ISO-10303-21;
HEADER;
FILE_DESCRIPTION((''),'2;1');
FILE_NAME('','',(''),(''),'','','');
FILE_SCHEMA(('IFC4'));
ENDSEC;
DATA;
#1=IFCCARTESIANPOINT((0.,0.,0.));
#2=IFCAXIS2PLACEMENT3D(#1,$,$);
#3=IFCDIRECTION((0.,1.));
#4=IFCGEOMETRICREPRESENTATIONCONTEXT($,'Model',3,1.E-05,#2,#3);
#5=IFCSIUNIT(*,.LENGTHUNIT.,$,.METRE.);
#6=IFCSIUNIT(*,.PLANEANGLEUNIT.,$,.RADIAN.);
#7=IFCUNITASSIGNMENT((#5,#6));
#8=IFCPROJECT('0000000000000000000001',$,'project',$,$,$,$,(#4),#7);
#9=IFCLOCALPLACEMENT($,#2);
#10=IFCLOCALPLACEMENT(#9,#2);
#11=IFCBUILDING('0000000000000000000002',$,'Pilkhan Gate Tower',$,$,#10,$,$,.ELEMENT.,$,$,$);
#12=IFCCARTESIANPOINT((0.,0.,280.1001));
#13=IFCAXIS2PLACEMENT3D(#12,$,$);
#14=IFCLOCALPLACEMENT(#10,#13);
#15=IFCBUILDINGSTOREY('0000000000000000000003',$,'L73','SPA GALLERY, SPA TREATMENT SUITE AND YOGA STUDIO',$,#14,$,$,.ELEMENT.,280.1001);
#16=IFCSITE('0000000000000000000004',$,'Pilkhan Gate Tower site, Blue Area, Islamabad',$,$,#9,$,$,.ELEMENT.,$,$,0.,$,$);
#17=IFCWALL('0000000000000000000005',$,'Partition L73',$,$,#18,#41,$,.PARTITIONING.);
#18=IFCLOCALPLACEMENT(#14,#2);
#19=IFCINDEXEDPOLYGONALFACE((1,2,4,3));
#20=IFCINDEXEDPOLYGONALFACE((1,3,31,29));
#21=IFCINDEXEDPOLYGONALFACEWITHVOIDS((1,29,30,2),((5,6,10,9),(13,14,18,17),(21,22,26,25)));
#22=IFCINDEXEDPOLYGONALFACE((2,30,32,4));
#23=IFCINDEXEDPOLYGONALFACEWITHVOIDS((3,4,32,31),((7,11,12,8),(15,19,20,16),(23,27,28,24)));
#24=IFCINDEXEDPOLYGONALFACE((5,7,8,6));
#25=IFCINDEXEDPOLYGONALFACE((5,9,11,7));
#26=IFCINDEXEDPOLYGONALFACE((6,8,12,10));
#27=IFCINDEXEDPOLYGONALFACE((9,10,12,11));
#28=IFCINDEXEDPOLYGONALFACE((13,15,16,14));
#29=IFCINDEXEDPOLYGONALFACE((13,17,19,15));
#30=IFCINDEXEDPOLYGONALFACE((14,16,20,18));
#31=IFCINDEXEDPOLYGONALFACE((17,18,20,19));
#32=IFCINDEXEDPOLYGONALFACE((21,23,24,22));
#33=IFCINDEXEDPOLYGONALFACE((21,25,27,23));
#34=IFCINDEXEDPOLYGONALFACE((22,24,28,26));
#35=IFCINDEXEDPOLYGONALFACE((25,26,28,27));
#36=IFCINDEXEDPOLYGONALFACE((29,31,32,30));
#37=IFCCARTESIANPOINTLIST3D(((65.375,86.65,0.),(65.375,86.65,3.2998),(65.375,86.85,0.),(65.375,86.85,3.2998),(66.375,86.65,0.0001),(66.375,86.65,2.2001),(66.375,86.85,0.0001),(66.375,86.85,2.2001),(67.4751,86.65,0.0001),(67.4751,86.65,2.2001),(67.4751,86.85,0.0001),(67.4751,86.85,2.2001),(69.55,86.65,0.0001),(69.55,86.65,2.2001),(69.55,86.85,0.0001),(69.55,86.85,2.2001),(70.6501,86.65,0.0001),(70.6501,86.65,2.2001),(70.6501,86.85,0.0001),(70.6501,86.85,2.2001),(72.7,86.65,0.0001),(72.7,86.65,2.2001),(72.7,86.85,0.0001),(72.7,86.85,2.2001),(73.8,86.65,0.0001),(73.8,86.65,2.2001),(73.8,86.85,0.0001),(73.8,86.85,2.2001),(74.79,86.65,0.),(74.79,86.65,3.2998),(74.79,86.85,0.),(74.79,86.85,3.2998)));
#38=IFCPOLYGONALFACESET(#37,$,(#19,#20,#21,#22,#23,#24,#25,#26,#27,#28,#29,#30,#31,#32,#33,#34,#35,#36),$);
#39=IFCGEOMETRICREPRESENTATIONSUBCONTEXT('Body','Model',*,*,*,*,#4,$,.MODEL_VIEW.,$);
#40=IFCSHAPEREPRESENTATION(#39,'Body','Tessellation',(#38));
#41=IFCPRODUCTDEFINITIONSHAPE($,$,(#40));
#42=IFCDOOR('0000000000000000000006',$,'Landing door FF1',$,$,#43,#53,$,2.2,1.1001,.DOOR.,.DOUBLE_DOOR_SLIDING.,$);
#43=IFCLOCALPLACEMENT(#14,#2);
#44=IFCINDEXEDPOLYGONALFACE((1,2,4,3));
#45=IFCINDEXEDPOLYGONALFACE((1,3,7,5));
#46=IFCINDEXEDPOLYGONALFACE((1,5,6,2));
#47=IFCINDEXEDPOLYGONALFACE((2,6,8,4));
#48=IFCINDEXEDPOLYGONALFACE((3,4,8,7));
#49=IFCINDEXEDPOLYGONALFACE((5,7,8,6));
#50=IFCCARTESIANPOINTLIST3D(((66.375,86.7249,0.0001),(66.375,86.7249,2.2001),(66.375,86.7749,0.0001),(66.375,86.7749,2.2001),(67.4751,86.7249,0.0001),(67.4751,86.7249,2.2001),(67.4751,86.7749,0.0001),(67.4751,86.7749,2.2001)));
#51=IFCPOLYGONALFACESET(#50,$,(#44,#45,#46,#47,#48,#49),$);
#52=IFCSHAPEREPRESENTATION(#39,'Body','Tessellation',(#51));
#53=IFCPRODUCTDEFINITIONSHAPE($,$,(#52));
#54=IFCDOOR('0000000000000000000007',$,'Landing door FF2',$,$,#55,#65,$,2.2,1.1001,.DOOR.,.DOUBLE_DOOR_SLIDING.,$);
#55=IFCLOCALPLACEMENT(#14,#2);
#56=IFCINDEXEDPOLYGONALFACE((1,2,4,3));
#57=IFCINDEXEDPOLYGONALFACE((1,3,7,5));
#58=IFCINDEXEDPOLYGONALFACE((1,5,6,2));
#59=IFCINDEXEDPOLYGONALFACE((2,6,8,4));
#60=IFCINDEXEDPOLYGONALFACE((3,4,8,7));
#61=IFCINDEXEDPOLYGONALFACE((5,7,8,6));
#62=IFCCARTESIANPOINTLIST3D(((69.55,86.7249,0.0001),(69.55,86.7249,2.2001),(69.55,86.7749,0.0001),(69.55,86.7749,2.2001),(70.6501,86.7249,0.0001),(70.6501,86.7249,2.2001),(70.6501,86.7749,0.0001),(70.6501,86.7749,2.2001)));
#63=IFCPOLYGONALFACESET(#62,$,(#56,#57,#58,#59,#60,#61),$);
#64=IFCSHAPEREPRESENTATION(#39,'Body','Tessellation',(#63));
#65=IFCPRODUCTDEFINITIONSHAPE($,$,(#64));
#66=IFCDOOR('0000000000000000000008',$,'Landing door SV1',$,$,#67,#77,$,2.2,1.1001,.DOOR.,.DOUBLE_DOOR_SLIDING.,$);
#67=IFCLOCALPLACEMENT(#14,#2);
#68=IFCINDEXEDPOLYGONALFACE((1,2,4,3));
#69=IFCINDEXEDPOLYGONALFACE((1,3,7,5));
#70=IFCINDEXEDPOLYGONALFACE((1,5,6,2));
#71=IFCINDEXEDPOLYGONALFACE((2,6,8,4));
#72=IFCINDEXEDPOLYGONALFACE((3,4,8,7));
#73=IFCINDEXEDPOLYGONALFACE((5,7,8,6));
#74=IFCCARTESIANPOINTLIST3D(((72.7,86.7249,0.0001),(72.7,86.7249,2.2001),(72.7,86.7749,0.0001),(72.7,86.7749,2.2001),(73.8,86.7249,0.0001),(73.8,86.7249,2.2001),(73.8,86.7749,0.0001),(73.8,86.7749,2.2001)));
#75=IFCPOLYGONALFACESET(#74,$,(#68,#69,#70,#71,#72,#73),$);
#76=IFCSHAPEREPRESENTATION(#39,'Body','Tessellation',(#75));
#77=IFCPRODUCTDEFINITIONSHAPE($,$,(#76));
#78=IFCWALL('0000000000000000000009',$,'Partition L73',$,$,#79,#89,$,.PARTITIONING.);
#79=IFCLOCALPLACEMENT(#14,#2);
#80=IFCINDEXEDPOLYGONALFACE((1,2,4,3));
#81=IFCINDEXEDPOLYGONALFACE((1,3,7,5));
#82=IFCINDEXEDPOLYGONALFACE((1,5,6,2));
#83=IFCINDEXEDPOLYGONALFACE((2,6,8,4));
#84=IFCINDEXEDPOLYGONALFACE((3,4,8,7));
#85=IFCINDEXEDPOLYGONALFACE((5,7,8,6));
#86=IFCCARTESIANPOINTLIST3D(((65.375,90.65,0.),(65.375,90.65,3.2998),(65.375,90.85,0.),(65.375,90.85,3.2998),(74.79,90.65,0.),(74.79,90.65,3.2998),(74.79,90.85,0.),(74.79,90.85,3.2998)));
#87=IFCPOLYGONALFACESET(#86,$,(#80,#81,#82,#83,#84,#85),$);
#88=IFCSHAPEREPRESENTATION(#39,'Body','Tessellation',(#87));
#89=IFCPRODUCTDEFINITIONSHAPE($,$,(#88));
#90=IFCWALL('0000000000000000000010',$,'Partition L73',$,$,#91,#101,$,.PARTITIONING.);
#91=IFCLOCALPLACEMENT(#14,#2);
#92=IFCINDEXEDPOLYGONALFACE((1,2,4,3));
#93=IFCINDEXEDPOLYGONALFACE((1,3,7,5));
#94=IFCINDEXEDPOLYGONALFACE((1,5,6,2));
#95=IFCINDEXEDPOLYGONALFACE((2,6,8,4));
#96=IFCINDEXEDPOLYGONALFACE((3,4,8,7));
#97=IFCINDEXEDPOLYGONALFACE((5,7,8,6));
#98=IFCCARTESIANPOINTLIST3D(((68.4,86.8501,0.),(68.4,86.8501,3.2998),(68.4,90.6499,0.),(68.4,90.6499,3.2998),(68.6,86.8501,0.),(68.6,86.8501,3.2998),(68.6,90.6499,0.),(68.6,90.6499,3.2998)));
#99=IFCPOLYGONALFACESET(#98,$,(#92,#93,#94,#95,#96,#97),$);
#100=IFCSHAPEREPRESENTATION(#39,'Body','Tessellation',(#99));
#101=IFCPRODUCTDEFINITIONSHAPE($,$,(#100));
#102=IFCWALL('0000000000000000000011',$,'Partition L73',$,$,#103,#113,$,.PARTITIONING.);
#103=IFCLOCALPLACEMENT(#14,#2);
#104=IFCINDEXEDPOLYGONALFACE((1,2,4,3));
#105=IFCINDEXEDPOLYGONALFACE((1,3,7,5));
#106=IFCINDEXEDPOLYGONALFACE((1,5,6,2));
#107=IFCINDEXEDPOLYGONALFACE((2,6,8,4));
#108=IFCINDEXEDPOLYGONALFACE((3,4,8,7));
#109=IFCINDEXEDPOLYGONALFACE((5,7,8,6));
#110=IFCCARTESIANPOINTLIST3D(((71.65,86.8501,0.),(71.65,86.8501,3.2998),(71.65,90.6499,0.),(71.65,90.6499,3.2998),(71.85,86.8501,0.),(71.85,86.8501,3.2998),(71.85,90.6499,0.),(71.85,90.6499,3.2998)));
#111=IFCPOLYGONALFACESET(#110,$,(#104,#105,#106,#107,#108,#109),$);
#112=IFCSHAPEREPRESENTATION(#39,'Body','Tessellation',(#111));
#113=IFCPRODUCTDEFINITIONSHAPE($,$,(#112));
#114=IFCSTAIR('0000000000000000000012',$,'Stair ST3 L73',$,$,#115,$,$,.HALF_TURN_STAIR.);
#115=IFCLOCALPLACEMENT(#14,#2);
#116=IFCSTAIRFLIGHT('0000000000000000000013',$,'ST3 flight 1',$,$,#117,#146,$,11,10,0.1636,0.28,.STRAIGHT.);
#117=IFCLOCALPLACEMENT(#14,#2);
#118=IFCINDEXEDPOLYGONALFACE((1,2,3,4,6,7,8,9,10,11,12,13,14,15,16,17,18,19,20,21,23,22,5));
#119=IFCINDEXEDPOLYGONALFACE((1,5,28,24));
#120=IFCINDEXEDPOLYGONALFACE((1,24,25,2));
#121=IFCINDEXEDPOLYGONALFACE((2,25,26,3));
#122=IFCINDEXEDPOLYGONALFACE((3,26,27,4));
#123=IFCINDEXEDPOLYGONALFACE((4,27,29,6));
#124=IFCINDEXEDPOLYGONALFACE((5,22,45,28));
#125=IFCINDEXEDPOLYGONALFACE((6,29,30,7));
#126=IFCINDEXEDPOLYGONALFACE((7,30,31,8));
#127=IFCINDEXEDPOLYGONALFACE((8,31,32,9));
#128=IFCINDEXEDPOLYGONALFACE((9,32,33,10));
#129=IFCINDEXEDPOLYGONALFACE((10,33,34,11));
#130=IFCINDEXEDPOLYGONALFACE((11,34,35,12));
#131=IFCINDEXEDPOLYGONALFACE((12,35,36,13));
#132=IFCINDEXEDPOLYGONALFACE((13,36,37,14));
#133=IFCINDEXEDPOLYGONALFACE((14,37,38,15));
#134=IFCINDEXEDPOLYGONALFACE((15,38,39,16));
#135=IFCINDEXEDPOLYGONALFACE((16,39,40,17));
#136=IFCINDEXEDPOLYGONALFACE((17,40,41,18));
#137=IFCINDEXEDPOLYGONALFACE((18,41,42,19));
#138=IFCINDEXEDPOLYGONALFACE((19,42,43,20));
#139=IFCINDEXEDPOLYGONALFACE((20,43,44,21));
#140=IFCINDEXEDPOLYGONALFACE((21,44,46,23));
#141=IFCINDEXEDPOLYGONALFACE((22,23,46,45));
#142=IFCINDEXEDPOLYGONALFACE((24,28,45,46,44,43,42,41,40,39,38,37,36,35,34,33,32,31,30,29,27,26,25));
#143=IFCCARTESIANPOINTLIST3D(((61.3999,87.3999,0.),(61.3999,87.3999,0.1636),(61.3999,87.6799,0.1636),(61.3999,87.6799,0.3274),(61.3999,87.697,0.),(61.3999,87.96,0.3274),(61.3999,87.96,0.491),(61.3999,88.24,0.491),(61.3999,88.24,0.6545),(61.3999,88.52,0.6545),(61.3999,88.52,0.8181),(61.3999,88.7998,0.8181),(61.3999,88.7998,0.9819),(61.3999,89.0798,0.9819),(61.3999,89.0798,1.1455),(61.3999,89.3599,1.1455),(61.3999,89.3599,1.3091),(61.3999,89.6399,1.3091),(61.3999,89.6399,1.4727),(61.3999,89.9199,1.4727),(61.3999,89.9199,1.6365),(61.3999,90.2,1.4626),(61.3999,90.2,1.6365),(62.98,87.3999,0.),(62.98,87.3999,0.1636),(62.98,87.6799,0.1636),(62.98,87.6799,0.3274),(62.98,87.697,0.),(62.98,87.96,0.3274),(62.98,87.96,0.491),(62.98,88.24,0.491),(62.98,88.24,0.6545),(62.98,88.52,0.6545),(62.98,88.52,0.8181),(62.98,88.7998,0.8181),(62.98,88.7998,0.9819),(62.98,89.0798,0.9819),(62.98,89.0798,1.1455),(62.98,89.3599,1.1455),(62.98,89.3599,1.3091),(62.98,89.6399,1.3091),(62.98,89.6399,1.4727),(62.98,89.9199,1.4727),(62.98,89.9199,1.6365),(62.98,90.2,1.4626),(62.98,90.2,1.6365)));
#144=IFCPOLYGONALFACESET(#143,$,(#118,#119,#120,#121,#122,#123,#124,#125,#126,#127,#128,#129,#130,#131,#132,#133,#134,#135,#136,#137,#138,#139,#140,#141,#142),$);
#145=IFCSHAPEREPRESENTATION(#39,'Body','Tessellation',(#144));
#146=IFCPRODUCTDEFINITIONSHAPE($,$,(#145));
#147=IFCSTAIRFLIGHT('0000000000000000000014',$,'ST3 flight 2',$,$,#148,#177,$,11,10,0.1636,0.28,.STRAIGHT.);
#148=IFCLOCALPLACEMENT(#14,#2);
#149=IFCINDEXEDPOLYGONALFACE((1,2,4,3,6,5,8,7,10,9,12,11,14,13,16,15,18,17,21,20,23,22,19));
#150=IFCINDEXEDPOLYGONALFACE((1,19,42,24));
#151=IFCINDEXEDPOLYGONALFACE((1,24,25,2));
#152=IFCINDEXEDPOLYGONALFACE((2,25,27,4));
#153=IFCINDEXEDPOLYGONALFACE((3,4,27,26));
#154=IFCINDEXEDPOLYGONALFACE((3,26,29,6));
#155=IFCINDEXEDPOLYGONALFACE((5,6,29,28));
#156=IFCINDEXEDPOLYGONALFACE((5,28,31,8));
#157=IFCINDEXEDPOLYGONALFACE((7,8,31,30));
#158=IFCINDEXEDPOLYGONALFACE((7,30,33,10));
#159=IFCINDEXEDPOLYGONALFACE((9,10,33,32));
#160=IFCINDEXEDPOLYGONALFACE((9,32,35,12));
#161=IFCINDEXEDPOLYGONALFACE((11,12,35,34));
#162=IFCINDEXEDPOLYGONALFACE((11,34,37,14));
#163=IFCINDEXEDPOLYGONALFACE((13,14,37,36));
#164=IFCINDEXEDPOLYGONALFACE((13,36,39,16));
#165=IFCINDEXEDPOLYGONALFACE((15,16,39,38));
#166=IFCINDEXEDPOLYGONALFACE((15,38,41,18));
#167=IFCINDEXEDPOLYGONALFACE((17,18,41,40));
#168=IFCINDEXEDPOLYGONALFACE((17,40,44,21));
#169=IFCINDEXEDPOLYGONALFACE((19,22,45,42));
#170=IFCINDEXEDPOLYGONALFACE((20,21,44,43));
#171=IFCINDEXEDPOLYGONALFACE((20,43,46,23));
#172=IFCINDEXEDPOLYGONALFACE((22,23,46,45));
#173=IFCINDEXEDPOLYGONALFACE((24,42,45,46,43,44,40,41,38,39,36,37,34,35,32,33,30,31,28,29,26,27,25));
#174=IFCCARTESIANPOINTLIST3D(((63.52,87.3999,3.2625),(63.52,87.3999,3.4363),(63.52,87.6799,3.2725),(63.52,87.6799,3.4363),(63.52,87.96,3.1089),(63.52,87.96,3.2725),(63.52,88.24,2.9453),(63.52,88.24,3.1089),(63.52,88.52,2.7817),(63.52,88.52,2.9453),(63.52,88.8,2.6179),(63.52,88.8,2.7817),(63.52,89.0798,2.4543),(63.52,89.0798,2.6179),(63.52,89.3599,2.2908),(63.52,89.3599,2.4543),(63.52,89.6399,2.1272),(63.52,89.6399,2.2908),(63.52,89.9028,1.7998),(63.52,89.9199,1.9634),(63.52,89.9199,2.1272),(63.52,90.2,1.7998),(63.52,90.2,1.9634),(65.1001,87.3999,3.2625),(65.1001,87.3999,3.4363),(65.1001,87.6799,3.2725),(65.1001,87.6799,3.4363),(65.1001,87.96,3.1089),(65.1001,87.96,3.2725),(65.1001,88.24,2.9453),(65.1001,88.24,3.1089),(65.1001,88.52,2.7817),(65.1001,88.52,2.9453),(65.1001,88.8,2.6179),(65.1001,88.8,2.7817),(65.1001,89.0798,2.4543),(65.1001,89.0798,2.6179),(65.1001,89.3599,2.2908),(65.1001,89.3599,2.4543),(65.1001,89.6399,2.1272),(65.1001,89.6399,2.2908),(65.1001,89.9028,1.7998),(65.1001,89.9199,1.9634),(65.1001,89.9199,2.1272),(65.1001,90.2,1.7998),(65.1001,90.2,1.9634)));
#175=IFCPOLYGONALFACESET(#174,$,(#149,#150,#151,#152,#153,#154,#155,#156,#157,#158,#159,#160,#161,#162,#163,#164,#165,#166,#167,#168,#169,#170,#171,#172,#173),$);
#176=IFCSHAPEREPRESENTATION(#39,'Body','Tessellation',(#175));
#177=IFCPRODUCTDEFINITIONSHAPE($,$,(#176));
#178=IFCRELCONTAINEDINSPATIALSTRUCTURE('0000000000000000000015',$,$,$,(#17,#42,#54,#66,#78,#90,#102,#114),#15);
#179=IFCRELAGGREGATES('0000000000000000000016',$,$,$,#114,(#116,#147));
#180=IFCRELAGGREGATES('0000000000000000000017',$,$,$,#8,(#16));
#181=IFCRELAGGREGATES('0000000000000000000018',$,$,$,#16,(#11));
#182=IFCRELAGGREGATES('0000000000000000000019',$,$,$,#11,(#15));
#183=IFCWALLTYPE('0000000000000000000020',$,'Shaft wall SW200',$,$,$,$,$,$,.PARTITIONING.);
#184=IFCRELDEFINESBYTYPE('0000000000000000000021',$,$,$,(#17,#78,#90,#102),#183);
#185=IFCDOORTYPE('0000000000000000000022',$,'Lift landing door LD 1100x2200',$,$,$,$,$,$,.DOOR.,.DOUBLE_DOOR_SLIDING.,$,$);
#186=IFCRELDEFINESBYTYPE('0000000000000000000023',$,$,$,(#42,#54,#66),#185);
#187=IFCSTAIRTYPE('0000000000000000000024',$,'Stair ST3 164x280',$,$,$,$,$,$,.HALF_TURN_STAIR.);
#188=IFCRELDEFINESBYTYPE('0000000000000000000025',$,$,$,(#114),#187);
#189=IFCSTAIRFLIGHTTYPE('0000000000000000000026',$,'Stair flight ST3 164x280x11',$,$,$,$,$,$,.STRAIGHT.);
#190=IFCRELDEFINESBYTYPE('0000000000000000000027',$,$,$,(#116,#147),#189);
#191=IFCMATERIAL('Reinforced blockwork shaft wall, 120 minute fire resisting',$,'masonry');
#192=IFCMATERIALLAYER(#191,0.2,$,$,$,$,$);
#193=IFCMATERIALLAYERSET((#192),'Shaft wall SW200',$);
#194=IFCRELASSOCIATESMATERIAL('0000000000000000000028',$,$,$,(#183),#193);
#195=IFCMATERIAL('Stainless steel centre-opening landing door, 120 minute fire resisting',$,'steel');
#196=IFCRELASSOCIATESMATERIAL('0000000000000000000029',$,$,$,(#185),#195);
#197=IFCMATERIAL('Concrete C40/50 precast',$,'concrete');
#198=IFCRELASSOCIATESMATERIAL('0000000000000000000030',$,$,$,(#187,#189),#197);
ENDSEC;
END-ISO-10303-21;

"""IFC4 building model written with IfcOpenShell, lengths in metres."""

from ifc_helpers import new_model, si_unit, direction, frame, frame_2d, origin, place, context, subcontext, project, spatial, polyline, rectangle, outline, extrude, material, layer, layer_set, type_object, element, fill, aggregate, save


model = new_model("IFC4")

# Units and contexts
model_context = context("Model", 3, precision=1e-05, world=origin(), true_north=direction((0.0, 1.0)))
body_context = subcontext(model_context, "Body", "Model", "MODEL_VIEW")
ifc_project = project(units=[si_unit("LENGTHUNIT", "METRE"), si_unit("PLANEANGLEUNIT", "RADIAN")], contexts=[model_context])

# Site, building, storey
site_placement = place(None, origin())
site = spatial("IfcSite", under=ifc_project, at=site_placement, Name="Pilkhan Gate Tower site, Blue Area, Islamabad", CompositionType="ELEMENT", RefElevation=0.0)
building_placement = place(site_placement, origin())
building = spatial("IfcBuilding", under=site, at=building_placement, Name="Pilkhan Gate Tower", CompositionType="ELEMENT")
storey_placement = place(building_placement, frame((0.0, 0.0, 280.1001)))
storey = spatial("IfcBuildingStorey", under=building, at=storey_placement, Name="L73", Description="SPA GALLERY, SPA TREATMENT SUITE AND YOGA STUDIO", CompositionType="ELEMENT", Elevation=280.1001)

# Wall, openings, doors
ifc_material_1 = material(Name="Reinforced blockwork shaft wall, 120 minute fire resisting", Category="masonry")
ifc_layer_1 = layer(ifc_material_1, 0.2)
ifc_layer_set_1 = layer_set([ifc_layer_1], Name="Shaft wall SW200")
wall_type_1 = type_object("IfcWallType", Name="Shaft wall SW200", PredefinedType="PARTITIONING", material=ifc_layer_set_1)
wall_1_placement = place(storey_placement, frame((65.375, 86.75, 0.0), z_axis=(0.0, 0.0, 1.0), x_axis=(1.0, 0.0, 0.0)))
wall_1 = element("IfcWall", 1, at=wall_1_placement, inside=storey, type_object=wall_type_1, Name="Partition L73", PredefinedType="PARTITIONING", context=body_context, shape_type="SweptSolid", body=[
    extrude(rectangle(XDim=9.415, YDim=0.2, at=frame_2d((4.7075, 0.0))), origin(), (0.0, 0.0, 1.0), 3.2998),
])
opening_1_placement = place(wall_1_placement, frame((1.0, 0.0, 0.0)))
opening_1 = element("IfcOpeningElement", 2, at=opening_1_placement, cuts=wall_1, PredefinedType="OPENING", context=body_context, shape_type="SweptSolid", body=[
    extrude(rectangle(XDim=1.1001, YDim=2.2, at=frame_2d((0.55, 1.1001))), frame((0.0, 0.1099, 0.0), z_axis=(0.0, -1.0, 0.0), x_axis=(1.0, 0.0, 0.0)), (0.0, 0.0, 1.0), 0.22),
])
opening_2_placement = place(wall_1_placement, frame((4.175, 0.0, 0.0)))
opening_2 = element("IfcOpeningElement", 3, at=opening_2_placement, cuts=wall_1, PredefinedType="OPENING", context=body_context, shape_type="SweptSolid", body=[
    extrude(rectangle(XDim=1.1001, YDim=2.2, at=frame_2d((0.55, 1.1001))), frame((0.0, 0.1099, 0.0), z_axis=(0.0, -1.0, 0.0), x_axis=(1.0, 0.0, 0.0)), (0.0, 0.0, 1.0), 0.22),
])
opening_3_placement = place(wall_1_placement, frame((7.325, 0.0, 0.0)))
opening_3 = element("IfcOpeningElement", 4, at=opening_3_placement, cuts=wall_1, PredefinedType="OPENING", context=body_context, shape_type="SweptSolid", body=[
    extrude(rectangle(XDim=1.1001, YDim=2.2, at=frame_2d((0.55, 1.1001))), frame((0.0, 0.1099, 0.0), z_axis=(0.0, -1.0, 0.0), x_axis=(1.0, 0.0, 0.0)), (0.0, 0.0, 1.0), 0.22),
])
ifc_material_2 = material(Name="Stainless steel centre-opening landing door, 120 minute fire resisting", Category="steel")
door_type_1 = type_object("IfcDoorType", Name="Lift landing door LD 1100x2200", OperationType="DOUBLE_DOOR_SLIDING", PredefinedType="DOOR", material=ifc_material_2)
door_1_placement = place(opening_1_placement, origin())
door_1 = element("IfcDoor", 5, at=door_1_placement, inside=storey, type_object=door_type_1, Name="Landing door FF1", OperationType="DOUBLE_DOOR_SLIDING", OverallHeight=2.2, OverallWidth=1.1001, PredefinedType="DOOR", context=body_context, shape_type="SweptSolid", body=[
    extrude(rectangle(XDim=1.1001, YDim=2.2, at=frame_2d((0.55, 1.1001))), frame((0.0, 0.0249, 0.0), z_axis=(0.0, -1.0, 0.0), x_axis=(1.0, 0.0, 0.0)), (0.0, 0.0, 1.0), 0.05),
])
fill(opening_1, door_1)
door_2_placement = place(opening_2_placement, origin())
door_2 = element("IfcDoor", 6, at=door_2_placement, inside=storey, type_object=door_type_1, Name="Landing door FF2", OperationType="DOUBLE_DOOR_SLIDING", OverallHeight=2.2, OverallWidth=1.1001, PredefinedType="DOOR", context=body_context, shape_type="SweptSolid", body=[
    extrude(rectangle(XDim=1.1001, YDim=2.2, at=frame_2d((0.55, 1.1001))), frame((0.0, 0.0249, 0.0), z_axis=(0.0, -1.0, 0.0), x_axis=(1.0, 0.0, 0.0)), (0.0, 0.0, 1.0), 0.05),
])
fill(opening_2, door_2)
door_3_placement = place(opening_3_placement, origin())
door_3 = element("IfcDoor", 7, at=door_3_placement, inside=storey, type_object=door_type_1, Name="Landing door SV1", OperationType="DOUBLE_DOOR_SLIDING", OverallHeight=2.2, OverallWidth=1.1001, PredefinedType="DOOR", context=body_context, shape_type="SweptSolid", body=[
    extrude(rectangle(XDim=1.1001, YDim=2.2, at=frame_2d((0.55, 1.1001))), frame((0.0, 0.0249, 0.0), z_axis=(0.0, -1.0, 0.0), x_axis=(1.0, 0.0, 0.0)), (0.0, 0.0, 1.0), 0.05),
])
fill(opening_3, door_3)

# Walls
wall_2_placement = place(storey_placement, frame((65.375, 90.75, 0.0), z_axis=(0.0, 0.0, 1.0), x_axis=(1.0, 0.0, 0.0)))
element("IfcWall", 8, at=wall_2_placement, inside=storey, type_object=wall_type_1, Name="Partition L73", PredefinedType="PARTITIONING", context=body_context, shape_type="SweptSolid", body=[
    extrude(rectangle(XDim=9.415, YDim=0.2, at=frame_2d((4.7075, 0.0))), origin(), (0.0, 0.0, 1.0), 3.2998),
])
for number, where, z_axis, x_axis, name in (
    (9, (68.5, 86.8501, 0.0), (0.0, 0.0, 1.0), (0.0, 1.0, 0.0), "Partition L73"),
    (10, (71.75, 86.8501, 0.0), (0.0, 0.0, 1.0), (0.0, 1.0, 0.0), "Partition L73"),
):
    element("IfcWall", number, at=place(storey_placement, frame(where, z_axis=z_axis, x_axis=x_axis)), inside=storey, type_object=wall_type_1, Name=name, PredefinedType="PARTITIONING", context=body_context, shape_type="SweptSolid", body=[
        extrude(rectangle(XDim=3.7998, YDim=0.2, at=frame_2d((1.8999, 0.0))), origin(), (0.0, 0.0, 1.0), 3.2998),
    ])

# Stair, stair flights
ifc_material_3 = material(Name="Concrete C40/50 precast", Category="concrete")
stair_type = type_object("IfcStairType", Name="Stair ST3 164x280", PredefinedType="HALF_TURN_STAIR", material=ifc_material_3)
stair_placement = place(storey_placement, origin())
stair = element("IfcStair", 11, at=stair_placement, inside=storey, type_object=stair_type, Name="Stair ST3 L73", PredefinedType="HALF_TURN_STAIR")
stair_flight_type = type_object("IfcStairFlightType", Name="Stair flight ST3 164x280x11", PredefinedType="STRAIGHT", material=ifc_material_3)
stair_flight_1_placement = place(storey_placement, frame((62.1899, 87.3999, 0.0), z_axis=(0.0, 0.0, 1.0), x_axis=(0.0, 1.0, 0.0)))
stair_flight_1 = element("IfcStairFlight", 12, at=stair_flight_1_placement, type_object=stair_flight_type, Name="ST3 flight 1", NumberOfRisers=11, NumberOfTreads=10, PredefinedType="STRAIGHT", RiserHeight=0.1636, TreadLength=0.28, context=body_context, shape_type="SweptSolid", body=[
    extrude(outline(polyline([(0.0, 0.0), (0.0, 0.1636), (0.28, 0.1636), (0.28, 0.3274), (0.5601, 0.3274), (0.5601, 0.491), (0.8401, 0.491), (0.8401, 0.6545), (1.1201, 0.6545), (1.1201, 0.8181), (1.3999, 0.8181), (1.3999, 0.9819), (1.6799, 0.9819), (1.6799, 1.1455), (1.96, 1.1455), (1.96, 1.3091), (2.24, 1.3091), (2.24, 1.4727), (2.52, 1.4727), (2.52, 1.6365), (2.8, 1.6365), (2.8, 1.8), (2.8, 1.4626), (0.2971, 0.0), (0.0, 0.0)])), frame((0.0, 0.79, 0.0), z_axis=(0.0, -1.0, 0.0), x_axis=(1.0, 0.0, 0.0)), (0.0, 0.0, 1.0), 1.5801),
])
stair_flight_2_placement = place(storey_placement, frame((64.3101, 90.2, 1.7998), z_axis=(0.0, 0.0, 1.0), x_axis=(0.0, -1.0, 0.0)))
stair_flight_2 = element("IfcStairFlight", 13, at=stair_flight_2_placement, type_object=stair_flight_type, Name="ST3 flight 2", NumberOfRisers=11, NumberOfTreads=10, PredefinedType="STRAIGHT", RiserHeight=0.1636, TreadLength=0.28, context=body_context, shape_type="SweptSolid", body=[
    extrude(outline(polyline([(0.0, 0.0), (0.0, 0.1636), (0.28, 0.1636), (0.28, 0.3274), (0.5601, 0.3274), (0.5601, 0.491), (0.8401, 0.491), (0.8401, 0.6545), (1.1201, 0.6545), (1.1201, 0.8181), (1.3999, 0.8181), (1.3999, 0.9819), (1.6799, 0.9819), (1.6799, 1.1455), (1.96, 1.1455), (1.96, 1.3091), (2.24, 1.3091), (2.24, 1.4727), (2.52, 1.4727), (2.52, 1.6365), (2.8, 1.6365), (2.8, 1.8), (2.8, 1.4626), (0.2971, 0.0), (0.0, 0.0)])), frame((0.0, 0.79, 0.0), z_axis=(0.0, -1.0, 0.0), x_axis=(1.0, 0.0, 0.0)), (0.0, 0.0, 1.0), 1.5801),
])
aggregate(stair, [stair_flight_1, stair_flight_2])

save(model, "model.ifc")
